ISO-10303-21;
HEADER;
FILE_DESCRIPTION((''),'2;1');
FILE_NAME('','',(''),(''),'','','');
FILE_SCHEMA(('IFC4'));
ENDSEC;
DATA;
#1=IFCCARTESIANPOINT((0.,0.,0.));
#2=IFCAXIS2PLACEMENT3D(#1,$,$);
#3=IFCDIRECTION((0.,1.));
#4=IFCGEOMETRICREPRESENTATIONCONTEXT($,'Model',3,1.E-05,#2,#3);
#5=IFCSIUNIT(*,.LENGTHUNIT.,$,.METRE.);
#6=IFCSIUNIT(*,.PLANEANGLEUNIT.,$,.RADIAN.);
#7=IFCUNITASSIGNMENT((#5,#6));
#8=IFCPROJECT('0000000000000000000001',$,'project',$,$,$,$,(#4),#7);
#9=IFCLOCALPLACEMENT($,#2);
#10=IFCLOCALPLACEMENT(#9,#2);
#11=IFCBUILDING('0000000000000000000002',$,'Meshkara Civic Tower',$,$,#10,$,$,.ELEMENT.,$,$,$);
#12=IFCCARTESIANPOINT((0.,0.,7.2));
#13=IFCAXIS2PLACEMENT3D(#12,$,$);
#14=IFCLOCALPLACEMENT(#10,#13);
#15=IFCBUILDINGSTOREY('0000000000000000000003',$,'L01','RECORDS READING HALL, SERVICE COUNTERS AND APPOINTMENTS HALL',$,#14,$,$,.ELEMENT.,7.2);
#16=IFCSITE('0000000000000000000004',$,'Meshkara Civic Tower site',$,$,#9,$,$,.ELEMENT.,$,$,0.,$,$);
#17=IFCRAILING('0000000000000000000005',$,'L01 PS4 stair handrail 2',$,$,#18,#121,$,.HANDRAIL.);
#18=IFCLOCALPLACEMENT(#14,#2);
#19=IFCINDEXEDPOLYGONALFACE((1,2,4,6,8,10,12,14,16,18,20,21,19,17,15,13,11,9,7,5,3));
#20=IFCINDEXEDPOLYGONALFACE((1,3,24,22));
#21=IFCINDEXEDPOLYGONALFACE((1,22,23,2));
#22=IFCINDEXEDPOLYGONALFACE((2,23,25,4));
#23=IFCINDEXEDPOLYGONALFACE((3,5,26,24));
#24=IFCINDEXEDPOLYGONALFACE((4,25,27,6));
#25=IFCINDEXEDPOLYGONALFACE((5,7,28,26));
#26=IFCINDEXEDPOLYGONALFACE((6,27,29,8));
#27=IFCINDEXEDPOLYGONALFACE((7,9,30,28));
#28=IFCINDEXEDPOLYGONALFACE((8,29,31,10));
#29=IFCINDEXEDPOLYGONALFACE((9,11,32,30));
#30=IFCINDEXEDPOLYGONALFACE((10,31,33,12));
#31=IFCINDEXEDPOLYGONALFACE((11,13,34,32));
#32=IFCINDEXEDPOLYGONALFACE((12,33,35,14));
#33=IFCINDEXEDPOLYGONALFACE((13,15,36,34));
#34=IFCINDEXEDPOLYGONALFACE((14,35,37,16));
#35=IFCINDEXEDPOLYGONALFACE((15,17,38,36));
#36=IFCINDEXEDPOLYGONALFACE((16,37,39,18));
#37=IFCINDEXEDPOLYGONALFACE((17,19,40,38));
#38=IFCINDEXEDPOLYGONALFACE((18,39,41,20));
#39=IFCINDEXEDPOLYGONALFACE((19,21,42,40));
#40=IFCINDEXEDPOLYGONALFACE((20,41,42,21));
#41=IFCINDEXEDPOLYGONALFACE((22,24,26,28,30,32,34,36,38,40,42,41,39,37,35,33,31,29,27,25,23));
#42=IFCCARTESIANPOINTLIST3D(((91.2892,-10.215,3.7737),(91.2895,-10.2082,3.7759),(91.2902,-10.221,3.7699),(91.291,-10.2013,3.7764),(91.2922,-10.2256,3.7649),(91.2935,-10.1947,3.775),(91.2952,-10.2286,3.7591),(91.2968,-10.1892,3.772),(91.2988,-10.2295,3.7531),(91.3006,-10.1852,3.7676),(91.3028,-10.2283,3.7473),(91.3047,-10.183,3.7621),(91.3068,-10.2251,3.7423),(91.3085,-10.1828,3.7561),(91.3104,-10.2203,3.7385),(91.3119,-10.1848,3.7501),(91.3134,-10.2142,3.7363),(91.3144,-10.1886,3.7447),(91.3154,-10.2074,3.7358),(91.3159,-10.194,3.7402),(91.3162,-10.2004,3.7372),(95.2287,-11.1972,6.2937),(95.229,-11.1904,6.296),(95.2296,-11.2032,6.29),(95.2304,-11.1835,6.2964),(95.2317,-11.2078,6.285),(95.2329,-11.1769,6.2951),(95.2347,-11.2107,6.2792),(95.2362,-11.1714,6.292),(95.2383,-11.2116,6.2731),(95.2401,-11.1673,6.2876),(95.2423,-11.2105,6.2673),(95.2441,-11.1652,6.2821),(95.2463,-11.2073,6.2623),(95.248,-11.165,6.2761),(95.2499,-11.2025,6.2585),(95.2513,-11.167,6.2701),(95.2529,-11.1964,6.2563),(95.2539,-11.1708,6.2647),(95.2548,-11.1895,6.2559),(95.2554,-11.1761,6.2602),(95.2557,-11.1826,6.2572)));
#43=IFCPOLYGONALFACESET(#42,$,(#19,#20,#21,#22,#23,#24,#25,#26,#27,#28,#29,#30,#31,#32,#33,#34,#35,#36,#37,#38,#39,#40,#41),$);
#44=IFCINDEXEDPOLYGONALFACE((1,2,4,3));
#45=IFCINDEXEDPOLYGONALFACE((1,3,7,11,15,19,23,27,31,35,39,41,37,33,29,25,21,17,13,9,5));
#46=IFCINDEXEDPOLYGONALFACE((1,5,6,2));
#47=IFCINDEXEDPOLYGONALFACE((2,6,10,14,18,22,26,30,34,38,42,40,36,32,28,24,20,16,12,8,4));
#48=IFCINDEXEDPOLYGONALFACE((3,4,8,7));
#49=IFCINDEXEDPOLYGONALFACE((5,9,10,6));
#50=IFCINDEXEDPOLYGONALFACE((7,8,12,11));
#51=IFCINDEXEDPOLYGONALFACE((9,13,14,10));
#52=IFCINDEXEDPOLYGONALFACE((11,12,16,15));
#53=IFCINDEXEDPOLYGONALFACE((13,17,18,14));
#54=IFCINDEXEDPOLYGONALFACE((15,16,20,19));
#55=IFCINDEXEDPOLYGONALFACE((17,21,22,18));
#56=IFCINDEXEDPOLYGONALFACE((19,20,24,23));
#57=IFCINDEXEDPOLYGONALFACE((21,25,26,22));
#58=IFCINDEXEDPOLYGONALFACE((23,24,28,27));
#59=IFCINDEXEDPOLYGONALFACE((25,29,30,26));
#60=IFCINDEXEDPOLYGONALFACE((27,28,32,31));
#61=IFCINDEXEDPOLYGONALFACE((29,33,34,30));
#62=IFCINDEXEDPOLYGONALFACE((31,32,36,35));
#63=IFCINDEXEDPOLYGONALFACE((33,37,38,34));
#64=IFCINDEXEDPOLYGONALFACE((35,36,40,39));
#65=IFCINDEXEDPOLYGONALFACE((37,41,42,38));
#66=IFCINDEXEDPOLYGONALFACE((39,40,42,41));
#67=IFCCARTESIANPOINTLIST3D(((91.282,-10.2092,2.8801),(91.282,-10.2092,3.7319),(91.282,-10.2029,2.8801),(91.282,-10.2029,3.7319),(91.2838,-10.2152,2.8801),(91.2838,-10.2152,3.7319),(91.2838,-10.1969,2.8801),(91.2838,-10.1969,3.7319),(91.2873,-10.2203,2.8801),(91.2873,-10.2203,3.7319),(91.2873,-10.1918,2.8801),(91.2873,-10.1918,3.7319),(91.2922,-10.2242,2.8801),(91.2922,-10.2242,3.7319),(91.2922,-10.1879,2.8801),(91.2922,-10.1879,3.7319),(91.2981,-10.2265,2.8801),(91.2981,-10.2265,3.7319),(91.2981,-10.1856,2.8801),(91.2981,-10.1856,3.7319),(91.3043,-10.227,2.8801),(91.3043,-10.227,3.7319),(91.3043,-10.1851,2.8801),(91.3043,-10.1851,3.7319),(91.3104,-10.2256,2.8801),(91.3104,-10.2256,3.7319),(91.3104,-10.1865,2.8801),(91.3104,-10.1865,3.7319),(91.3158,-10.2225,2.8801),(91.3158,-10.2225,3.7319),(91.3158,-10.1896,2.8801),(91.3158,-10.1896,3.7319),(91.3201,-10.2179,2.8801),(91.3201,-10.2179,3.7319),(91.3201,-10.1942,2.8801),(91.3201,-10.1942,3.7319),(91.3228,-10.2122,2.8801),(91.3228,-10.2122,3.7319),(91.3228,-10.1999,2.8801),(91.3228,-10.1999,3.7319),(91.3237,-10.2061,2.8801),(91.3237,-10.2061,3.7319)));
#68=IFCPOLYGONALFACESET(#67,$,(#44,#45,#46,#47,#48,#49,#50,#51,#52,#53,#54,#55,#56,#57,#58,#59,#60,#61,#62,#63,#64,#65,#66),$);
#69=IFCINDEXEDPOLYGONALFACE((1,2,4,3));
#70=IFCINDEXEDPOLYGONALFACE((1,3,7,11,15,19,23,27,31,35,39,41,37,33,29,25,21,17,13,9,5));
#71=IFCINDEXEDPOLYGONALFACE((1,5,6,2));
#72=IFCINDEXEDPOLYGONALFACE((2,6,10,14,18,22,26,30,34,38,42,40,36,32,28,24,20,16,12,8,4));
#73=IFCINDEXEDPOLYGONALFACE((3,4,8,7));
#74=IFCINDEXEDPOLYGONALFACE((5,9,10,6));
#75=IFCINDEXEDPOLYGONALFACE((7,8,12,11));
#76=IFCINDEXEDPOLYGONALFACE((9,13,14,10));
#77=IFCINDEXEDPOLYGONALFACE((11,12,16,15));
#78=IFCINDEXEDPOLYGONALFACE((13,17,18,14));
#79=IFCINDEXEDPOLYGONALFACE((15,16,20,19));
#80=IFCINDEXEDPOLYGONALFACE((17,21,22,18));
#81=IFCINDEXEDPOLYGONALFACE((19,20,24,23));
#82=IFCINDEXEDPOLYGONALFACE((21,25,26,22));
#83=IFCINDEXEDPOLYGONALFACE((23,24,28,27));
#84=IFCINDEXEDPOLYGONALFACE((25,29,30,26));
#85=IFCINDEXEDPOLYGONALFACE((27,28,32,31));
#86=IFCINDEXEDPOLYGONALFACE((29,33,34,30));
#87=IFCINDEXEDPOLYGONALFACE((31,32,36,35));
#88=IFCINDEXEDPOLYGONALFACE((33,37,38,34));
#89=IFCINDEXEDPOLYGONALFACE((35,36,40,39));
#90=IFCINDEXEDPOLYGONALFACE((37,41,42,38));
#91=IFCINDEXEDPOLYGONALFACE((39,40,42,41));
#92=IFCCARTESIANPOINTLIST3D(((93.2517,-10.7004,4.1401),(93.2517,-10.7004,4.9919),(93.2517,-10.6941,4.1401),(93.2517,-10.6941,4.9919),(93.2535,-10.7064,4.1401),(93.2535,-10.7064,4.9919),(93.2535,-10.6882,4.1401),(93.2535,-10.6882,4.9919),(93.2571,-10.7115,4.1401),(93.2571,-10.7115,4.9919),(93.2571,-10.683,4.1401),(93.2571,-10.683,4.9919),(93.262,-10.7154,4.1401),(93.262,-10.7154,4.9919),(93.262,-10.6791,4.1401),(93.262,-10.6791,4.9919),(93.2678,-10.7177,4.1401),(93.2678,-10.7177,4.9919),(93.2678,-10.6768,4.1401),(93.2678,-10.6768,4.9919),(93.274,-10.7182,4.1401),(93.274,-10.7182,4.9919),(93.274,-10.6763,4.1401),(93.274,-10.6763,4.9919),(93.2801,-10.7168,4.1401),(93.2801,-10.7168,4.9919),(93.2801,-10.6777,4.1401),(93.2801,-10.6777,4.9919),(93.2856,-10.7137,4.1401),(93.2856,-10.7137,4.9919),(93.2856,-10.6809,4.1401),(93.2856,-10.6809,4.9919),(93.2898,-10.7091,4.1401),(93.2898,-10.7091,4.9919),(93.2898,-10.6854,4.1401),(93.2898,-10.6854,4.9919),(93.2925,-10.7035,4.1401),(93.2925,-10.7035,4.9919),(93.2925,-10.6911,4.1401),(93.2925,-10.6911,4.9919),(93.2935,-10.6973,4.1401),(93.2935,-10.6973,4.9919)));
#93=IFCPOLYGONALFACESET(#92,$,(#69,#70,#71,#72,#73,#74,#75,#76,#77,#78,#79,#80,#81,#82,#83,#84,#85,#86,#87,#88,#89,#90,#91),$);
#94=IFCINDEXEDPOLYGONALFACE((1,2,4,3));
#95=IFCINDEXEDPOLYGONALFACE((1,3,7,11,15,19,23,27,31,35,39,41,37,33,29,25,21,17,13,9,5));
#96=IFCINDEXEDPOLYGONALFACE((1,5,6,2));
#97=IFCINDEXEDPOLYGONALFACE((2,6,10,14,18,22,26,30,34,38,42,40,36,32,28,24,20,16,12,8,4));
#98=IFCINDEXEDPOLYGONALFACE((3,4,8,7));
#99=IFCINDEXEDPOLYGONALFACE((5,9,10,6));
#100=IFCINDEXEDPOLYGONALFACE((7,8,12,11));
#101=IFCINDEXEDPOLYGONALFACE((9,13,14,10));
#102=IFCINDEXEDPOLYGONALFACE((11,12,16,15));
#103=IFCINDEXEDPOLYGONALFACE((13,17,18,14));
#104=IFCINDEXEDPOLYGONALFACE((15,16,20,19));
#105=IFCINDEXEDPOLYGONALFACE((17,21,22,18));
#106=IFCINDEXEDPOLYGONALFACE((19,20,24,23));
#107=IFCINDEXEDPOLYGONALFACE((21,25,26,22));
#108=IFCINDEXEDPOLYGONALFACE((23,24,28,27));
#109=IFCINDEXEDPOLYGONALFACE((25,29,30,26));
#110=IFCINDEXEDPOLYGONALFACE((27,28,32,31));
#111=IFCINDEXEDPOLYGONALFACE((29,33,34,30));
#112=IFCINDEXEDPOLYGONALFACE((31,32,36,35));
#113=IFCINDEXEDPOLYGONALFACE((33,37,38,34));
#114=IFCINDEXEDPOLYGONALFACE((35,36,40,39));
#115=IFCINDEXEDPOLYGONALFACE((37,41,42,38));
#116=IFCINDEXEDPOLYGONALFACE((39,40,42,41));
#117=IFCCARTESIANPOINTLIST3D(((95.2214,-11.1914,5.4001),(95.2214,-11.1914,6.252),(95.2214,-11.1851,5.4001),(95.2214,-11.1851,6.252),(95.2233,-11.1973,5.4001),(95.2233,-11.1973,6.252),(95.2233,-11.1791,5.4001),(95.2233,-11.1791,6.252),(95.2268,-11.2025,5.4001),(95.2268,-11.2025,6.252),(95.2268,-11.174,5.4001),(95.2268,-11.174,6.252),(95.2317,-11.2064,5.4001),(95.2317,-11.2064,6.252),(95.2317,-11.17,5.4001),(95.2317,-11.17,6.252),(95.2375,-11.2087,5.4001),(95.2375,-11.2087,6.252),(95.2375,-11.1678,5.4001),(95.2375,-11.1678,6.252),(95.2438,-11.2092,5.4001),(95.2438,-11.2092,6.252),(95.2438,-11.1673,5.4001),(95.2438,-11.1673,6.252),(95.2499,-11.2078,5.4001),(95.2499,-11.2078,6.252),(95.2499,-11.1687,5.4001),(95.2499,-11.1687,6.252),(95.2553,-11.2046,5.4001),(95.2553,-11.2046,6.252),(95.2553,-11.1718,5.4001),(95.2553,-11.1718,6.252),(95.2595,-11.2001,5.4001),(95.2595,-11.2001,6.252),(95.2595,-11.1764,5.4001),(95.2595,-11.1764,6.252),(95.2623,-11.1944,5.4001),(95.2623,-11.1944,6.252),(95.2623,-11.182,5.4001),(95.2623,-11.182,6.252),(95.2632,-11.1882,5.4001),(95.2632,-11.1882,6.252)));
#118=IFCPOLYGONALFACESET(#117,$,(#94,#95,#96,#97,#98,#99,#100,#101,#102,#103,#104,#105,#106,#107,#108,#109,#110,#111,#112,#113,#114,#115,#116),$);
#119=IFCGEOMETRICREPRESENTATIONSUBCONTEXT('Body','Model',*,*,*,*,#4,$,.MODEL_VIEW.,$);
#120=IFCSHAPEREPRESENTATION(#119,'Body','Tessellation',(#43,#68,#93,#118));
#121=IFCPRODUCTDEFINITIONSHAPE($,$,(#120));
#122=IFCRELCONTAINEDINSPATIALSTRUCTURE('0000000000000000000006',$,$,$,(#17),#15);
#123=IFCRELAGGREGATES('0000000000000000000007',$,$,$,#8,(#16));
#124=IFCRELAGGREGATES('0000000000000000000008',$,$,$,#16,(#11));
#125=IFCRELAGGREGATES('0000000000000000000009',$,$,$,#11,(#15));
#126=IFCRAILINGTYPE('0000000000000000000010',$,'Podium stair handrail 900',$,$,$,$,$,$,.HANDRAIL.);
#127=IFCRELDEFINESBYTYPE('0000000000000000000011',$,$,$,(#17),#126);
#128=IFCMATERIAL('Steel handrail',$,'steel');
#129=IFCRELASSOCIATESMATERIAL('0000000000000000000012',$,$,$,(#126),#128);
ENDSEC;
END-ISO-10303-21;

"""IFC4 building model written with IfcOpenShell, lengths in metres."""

from ifc_helpers import new_model, si_unit, direction, frame, origin, origin_2d, place, context, subcontext, project, spatial, circle, extrude, material, type_object, element, save


model = new_model("IFC4")

# Units and contexts
model_context = context("Model", 3, precision=1e-05, world=origin(), true_north=direction((0.0, 1.0)))
body_context = subcontext(model_context, "Body", "Model", "MODEL_VIEW")
ifc_project = project(units=[si_unit("LENGTHUNIT", "METRE"), si_unit("PLANEANGLEUNIT", "RADIAN")], contexts=[model_context])

# Site, building, storey
site_placement = place(None, origin())
site = spatial("IfcSite", under=ifc_project, at=site_placement, Name="Meshkara Civic Tower site", CompositionType="ELEMENT", RefElevation=0.0)
building_placement = place(site_placement, origin())
building = spatial("IfcBuilding", under=site, at=building_placement, Name="Meshkara Civic Tower", CompositionType="ELEMENT")
storey_placement = place(building_placement, frame((0.0, 0.0, 7.2)))
storey = spatial("IfcBuildingStorey", under=building, at=storey_placement, Name="L01", Description="RECORDS READING HALL, SERVICE COUNTERS AND APPOINTMENTS HALL", CompositionType="ELEMENT", Elevation=7.2)

# Railing
ifc_material_1 = material(Name="Steel handrail", Category="steel")
railing_type_1 = type_object("IfcRailingType", Name="Podium stair handrail 900", PredefinedType="HANDRAIL", material=ifc_material_1)
railing_1_placement = place(storey_placement, frame((91.3027, -10.2061, 2.8801)))
element("IfcRailing", 1, at=railing_1_placement, inside=storey, type_object=railing_type_1, Name="L01 PS4 stair handrail 2", PredefinedType="HANDRAIL", context=body_context, shape_type="SweptSolid", body=[
    extrude(circle(Radius=0.0239, at=origin_2d()), frame((0.0, 0.0, 0.876), z_axis=(0.824405, -0.205539, 0.527362), x_axis=(0.241913, 0.970298, 0.0)), (0.0, 0.0, 1.0), 4.7786),
    extrude(circle(Radius=0.021, at=origin_2d()), origin(), (0.0, 0.0, 1.0), 0.8518),
    extrude(circle(Radius=0.021, at=origin_2d()), frame((1.9697, -0.4912, 1.26)), (0.0, 0.0, 1.0), 0.8518),
    extrude(circle(Radius=0.021, at=origin_2d()), frame((3.9395, -0.9822, 2.52)), (0.0, 0.0, 1.0), 0.8518),
])

save(model, "model.ifc")
